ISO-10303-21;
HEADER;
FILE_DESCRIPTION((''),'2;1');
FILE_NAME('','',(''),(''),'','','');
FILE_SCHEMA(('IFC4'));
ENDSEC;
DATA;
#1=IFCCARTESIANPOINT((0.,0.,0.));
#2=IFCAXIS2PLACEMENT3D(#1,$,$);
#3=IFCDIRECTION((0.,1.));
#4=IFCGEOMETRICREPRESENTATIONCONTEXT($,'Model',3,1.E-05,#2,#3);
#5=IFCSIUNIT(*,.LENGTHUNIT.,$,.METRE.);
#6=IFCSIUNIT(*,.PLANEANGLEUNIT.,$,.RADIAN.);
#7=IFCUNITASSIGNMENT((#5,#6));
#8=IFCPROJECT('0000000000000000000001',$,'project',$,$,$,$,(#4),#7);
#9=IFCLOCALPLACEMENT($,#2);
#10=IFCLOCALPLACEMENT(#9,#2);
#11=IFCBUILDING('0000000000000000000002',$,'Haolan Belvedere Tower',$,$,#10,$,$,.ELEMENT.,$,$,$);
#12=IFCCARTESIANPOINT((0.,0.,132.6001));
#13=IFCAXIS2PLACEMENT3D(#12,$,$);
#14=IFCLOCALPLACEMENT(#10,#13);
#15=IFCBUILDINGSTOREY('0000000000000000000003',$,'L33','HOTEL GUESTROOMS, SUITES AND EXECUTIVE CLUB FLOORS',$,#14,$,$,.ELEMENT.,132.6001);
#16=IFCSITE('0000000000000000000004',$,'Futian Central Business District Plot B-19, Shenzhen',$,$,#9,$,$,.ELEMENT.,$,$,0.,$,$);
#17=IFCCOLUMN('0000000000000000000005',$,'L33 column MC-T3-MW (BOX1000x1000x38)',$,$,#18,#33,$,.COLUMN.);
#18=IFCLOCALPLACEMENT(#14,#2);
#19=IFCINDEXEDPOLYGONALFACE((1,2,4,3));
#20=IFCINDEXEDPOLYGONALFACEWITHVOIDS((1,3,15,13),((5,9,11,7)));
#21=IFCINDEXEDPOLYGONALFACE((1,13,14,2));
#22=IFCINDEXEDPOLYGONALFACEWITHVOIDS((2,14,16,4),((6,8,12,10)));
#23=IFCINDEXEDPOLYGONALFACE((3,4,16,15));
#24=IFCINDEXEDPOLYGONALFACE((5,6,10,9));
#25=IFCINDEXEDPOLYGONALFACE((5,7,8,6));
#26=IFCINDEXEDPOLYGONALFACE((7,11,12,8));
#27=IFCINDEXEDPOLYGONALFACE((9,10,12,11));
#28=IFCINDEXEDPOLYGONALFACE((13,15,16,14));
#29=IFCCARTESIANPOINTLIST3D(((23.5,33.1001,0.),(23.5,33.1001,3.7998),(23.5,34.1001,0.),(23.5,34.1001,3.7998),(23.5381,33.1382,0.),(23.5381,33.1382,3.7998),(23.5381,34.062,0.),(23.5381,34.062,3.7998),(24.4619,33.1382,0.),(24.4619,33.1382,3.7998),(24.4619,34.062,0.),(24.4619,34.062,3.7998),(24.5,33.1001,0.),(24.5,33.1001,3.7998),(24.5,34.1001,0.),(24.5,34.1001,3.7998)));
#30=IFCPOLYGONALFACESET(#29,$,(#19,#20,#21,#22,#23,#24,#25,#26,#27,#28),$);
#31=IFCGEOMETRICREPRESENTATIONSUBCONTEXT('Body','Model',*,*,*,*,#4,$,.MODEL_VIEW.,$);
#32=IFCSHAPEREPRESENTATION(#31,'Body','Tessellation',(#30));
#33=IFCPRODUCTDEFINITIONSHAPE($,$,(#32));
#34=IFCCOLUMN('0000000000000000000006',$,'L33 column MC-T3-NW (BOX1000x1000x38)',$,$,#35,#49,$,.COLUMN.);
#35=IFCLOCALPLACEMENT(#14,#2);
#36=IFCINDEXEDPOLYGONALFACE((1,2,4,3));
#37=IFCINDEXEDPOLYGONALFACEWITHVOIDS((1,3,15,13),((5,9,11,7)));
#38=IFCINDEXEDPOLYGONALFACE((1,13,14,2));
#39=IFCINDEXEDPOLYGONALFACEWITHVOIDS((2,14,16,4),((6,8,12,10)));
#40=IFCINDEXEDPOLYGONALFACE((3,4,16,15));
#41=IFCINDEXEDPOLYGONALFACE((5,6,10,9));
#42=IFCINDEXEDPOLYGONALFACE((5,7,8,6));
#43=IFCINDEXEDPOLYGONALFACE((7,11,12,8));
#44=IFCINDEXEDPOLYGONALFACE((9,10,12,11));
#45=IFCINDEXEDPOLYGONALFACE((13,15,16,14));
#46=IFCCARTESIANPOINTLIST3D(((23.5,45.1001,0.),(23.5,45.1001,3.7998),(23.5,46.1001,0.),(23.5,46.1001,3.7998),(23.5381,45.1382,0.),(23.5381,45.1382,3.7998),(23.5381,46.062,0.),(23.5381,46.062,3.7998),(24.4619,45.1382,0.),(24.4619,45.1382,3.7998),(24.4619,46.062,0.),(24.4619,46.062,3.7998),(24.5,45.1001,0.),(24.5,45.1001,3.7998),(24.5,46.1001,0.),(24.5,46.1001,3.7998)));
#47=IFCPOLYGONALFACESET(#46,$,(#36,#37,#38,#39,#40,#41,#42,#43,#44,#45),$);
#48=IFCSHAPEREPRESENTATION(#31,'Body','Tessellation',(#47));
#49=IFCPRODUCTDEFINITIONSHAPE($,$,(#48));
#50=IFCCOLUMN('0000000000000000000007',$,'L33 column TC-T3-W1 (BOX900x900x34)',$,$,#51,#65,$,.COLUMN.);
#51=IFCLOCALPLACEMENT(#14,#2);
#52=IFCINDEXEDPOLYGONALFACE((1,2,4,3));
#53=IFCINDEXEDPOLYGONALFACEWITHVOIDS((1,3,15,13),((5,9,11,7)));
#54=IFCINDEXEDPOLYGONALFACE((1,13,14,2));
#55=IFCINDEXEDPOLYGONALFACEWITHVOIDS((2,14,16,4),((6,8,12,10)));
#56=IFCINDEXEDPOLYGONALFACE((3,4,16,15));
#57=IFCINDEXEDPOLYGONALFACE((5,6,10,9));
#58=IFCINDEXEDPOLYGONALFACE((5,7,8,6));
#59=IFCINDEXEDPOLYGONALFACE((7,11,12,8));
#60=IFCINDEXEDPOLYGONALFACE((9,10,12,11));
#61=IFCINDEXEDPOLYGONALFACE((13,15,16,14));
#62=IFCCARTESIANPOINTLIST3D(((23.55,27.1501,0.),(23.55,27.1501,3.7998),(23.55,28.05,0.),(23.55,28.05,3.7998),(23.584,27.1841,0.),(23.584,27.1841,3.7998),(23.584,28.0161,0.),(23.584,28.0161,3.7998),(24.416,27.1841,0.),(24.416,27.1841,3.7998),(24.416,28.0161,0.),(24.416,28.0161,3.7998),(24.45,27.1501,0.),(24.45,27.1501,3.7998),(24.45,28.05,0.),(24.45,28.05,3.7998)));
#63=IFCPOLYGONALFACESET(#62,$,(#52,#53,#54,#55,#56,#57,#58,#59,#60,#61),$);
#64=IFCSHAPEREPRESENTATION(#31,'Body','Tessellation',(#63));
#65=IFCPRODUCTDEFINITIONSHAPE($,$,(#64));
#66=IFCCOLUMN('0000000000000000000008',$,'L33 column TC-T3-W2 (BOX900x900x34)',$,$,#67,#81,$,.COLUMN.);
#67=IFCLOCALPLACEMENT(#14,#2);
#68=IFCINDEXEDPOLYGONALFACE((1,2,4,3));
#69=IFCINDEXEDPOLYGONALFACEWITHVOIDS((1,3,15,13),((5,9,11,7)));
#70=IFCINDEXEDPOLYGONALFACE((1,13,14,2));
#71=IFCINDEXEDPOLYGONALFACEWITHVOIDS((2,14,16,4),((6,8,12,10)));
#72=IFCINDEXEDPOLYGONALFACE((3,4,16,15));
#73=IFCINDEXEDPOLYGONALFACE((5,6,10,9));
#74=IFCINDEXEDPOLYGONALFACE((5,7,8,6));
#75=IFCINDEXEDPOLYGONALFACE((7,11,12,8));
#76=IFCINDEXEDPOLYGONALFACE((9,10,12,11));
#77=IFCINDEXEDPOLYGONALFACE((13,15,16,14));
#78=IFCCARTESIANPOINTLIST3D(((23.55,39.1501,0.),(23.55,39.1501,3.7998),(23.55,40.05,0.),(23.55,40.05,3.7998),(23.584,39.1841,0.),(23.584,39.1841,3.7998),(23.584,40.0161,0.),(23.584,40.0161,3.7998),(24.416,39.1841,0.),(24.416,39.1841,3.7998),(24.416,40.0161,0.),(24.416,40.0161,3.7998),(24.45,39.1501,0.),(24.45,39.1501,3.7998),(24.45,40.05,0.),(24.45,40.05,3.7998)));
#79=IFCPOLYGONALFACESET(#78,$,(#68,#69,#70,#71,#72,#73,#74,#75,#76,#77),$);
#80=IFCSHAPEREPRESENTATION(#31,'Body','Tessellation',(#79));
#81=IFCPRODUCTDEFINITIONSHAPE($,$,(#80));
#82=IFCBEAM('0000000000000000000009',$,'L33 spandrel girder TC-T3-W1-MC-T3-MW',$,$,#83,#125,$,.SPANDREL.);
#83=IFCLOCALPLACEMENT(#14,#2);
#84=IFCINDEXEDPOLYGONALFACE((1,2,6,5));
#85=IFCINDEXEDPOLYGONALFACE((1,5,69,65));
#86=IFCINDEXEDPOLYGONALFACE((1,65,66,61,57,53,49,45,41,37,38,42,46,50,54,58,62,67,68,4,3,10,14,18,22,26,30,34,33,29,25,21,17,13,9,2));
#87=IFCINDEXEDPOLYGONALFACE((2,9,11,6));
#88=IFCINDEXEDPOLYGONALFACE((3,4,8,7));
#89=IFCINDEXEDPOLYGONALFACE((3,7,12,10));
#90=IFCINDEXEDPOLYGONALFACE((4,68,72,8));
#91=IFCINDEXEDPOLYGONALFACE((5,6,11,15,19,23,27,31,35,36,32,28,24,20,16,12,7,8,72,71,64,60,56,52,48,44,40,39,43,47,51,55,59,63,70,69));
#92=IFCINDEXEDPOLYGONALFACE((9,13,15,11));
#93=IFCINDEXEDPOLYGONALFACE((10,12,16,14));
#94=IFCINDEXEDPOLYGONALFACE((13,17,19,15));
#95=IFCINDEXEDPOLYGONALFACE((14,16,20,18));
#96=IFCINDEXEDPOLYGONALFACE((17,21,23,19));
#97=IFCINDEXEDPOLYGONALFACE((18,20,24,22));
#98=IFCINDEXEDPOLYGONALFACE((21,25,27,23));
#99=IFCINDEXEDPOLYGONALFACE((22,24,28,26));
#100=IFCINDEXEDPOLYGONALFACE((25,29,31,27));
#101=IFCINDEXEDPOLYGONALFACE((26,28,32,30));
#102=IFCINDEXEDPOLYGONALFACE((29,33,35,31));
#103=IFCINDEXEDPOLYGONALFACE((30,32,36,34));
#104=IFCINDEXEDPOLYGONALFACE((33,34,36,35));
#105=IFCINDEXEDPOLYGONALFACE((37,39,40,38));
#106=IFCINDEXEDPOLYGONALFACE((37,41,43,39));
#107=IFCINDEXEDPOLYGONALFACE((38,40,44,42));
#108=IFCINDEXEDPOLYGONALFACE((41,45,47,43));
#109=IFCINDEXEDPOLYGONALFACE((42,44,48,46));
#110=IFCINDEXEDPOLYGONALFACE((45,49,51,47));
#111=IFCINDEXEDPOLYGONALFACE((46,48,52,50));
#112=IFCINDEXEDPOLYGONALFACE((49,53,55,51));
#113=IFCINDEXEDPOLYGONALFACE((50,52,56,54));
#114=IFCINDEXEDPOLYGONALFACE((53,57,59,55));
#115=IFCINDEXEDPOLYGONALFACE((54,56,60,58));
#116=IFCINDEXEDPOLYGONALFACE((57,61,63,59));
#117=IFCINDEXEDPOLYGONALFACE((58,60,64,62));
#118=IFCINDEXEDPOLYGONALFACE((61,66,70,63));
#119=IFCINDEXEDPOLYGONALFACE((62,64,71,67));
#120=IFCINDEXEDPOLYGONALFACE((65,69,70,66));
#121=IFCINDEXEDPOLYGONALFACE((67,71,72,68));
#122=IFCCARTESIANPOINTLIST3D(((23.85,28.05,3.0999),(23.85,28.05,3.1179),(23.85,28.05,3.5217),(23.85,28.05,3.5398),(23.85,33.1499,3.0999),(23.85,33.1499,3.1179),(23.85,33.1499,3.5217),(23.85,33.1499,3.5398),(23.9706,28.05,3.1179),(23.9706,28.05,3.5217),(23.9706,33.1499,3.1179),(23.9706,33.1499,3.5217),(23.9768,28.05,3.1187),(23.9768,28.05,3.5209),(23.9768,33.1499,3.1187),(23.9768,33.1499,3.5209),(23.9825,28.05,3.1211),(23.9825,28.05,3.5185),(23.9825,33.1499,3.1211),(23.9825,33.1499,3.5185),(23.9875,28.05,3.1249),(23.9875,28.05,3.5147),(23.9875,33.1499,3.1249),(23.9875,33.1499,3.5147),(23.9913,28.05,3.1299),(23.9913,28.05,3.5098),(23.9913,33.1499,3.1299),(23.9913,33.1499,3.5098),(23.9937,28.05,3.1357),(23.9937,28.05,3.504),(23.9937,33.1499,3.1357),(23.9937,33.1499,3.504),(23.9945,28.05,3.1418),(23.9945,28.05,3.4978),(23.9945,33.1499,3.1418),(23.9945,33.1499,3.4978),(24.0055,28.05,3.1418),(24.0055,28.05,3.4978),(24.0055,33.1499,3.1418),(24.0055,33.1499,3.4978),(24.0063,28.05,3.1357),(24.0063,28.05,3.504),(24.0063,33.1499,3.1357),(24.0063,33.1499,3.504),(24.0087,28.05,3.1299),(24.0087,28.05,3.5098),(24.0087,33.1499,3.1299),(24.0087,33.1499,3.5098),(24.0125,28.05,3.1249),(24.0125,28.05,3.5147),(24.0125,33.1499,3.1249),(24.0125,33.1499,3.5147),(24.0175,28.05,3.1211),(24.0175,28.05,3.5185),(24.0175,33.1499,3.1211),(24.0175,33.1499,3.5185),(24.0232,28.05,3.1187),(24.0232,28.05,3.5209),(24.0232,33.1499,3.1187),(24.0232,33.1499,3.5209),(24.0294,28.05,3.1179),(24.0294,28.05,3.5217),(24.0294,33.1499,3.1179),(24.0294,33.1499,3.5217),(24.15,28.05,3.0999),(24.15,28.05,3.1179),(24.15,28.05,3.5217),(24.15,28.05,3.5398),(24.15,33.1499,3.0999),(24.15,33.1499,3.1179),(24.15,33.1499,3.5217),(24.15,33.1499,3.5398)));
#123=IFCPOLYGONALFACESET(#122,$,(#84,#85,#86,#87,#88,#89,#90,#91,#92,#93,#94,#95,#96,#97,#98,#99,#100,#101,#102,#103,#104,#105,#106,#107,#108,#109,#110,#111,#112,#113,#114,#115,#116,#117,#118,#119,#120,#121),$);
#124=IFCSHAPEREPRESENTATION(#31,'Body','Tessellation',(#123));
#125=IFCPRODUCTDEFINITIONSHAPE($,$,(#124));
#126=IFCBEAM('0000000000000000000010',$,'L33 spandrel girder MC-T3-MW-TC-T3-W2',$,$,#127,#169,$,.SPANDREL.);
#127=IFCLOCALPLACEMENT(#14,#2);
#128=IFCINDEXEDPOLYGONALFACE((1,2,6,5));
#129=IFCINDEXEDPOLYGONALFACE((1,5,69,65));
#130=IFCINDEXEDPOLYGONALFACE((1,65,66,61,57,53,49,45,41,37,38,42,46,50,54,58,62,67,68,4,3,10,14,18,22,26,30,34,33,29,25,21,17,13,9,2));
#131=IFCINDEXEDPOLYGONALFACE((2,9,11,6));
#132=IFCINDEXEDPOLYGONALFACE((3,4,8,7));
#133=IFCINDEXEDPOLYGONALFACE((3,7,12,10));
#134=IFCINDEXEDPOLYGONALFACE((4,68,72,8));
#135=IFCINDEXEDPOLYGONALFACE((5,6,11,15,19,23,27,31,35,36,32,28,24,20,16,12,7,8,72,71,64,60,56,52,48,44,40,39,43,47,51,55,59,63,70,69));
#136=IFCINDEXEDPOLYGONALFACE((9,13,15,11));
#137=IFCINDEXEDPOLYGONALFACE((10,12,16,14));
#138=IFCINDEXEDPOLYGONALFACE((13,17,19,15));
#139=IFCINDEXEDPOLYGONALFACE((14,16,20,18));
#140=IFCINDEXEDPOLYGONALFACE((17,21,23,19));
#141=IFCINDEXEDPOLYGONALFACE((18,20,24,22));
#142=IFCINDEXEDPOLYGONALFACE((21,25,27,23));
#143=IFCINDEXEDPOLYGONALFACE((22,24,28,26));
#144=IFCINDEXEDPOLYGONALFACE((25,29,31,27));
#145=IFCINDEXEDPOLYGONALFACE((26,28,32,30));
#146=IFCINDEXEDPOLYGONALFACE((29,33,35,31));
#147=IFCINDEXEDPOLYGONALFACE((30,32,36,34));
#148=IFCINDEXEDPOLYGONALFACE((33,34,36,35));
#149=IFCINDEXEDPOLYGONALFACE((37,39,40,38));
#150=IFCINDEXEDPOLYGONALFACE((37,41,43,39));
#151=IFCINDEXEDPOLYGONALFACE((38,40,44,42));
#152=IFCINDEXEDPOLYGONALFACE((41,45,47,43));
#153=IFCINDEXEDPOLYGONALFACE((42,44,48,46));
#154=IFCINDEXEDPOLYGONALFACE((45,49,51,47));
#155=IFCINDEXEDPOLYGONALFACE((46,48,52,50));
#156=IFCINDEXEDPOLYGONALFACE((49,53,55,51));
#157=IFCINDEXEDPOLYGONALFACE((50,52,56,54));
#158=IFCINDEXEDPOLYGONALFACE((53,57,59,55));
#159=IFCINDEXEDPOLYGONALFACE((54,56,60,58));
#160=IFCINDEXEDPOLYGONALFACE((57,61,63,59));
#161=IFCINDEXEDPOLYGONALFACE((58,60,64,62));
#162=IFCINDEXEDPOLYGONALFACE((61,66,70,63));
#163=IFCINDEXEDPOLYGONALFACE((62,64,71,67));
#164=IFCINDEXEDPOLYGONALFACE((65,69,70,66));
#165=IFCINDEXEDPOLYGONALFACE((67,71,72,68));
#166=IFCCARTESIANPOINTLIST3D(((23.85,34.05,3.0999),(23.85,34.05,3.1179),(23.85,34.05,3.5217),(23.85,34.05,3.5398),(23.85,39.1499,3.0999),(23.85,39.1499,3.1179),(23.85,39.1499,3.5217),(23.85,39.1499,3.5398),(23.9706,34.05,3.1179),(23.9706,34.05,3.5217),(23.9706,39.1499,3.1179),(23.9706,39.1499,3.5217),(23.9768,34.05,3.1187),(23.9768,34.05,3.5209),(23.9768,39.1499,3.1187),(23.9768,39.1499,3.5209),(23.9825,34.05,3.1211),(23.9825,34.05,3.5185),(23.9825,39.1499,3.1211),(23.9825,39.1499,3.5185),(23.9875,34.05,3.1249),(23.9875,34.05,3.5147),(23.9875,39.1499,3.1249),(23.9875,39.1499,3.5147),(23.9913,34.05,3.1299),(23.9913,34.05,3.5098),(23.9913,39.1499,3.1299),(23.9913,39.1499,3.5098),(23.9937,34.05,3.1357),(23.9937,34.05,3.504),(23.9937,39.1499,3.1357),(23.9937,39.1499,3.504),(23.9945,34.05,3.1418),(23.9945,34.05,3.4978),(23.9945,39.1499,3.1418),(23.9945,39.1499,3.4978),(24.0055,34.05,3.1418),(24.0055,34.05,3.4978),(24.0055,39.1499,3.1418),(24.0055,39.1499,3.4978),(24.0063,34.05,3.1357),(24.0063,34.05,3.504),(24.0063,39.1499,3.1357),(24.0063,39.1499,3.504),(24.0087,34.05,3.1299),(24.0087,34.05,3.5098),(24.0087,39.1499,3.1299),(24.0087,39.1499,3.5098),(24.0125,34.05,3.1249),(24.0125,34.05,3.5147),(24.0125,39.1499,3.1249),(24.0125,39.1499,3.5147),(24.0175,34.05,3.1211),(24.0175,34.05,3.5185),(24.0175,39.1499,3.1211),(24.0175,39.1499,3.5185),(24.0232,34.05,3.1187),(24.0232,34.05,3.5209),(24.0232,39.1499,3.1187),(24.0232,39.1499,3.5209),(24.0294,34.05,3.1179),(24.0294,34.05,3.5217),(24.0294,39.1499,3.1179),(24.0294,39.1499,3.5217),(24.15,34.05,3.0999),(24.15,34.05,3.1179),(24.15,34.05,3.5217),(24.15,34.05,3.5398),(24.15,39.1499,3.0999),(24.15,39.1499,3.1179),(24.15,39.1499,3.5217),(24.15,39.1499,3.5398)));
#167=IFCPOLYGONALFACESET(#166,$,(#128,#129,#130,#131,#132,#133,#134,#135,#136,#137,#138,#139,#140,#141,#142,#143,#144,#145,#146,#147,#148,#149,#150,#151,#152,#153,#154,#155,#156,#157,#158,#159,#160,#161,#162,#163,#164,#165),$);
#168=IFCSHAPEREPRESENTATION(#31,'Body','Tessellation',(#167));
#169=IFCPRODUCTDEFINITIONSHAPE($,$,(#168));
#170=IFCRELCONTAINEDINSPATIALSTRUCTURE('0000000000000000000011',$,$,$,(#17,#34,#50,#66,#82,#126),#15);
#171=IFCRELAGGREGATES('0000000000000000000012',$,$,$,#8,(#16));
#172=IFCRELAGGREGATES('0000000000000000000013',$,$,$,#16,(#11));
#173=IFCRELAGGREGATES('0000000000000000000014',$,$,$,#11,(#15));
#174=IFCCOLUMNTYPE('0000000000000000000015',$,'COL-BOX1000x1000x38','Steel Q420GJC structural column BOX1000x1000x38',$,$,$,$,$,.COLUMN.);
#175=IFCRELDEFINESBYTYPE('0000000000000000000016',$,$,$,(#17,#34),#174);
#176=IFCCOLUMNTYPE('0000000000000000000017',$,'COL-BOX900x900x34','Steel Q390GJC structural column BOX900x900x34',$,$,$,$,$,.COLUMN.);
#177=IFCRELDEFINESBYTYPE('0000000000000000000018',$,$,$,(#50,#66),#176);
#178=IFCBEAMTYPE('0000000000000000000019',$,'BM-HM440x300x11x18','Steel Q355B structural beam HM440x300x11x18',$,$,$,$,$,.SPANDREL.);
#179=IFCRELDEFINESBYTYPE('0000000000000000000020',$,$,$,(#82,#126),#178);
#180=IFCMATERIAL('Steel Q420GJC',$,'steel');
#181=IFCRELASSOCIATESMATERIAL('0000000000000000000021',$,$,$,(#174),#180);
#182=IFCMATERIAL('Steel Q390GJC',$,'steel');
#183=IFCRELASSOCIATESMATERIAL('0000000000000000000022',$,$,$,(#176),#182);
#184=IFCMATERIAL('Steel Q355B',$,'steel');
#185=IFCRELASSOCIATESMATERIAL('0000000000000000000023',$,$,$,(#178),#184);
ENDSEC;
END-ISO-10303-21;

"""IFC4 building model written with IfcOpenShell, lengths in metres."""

from ifc_helpers import new_model, si_unit, direction, frame, origin, origin_2d, place, context, subcontext, project, spatial, hollow_rectangle, i_section, extrude, material, material_profile, profile_set, type_object, element, save


model = new_model("IFC4")

# Units and contexts
model_context = context("Model", 3, precision=1e-05, world=origin(), true_north=direction((0.0, 1.0)))
body_context = subcontext(model_context, "Body", "Model", "MODEL_VIEW")
ifc_project = project(units=[si_unit("LENGTHUNIT", "METRE"), si_unit("PLANEANGLEUNIT", "RADIAN")], contexts=[model_context])

# Site, building, storey
site_placement = place(None, origin())
site = spatial("IfcSite", under=ifc_project, at=site_placement, Name="Futian Central Business District Plot B-19, Shenzhen", CompositionType="ELEMENT", RefElevation=0.0)
building_placement = place(site_placement, origin())
building = spatial("IfcBuilding", under=site, at=building_placement, Name="Haolan Belvedere Tower", CompositionType="ELEMENT")
storey_placement = place(building_placement, frame((0.0, 0.0, 132.6001)))
storey = spatial("IfcBuildingStorey", under=building, at=storey_placement, Name="L33", Description="HOTEL GUESTROOMS, SUITES AND EXECUTIVE CLUB FLOORS", CompositionType="ELEMENT", Elevation=132.6001)

# Columns
ifc_material_1 = material(Name="Steel Q420GJC", Category="steel")
ifc_material_profile_1 = material_profile(ifc_material_1, hollow_rectangle(XDim=1.0, YDim=1.0, WallThickness=0.0381, at=origin_2d()), Name="Steel Q420GJC")
ifc_profile_set_1 = profile_set([ifc_material_profile_1], Name="Steel Q420GJC")
column_type_1 = type_object("IfcColumnType", Name="COL-BOX1000x1000x38", Description="Steel Q420GJC structural column BOX1000x1000x38", PredefinedType="COLUMN", material=ifc_profile_set_1)
for number, where, z_axis, x_axis, name in (
    (1, (24.0, 33.6001, 0.0), (0.0, 0.0, 1.0), (1.0, 0.0, 0.0), "L33 column MC-T3-MW (BOX1000x1000x38)"),
    (2, (24.0, 45.6001, 0.0), (0.0, 0.0, 1.0), (1.0, 0.0, 0.0), "L33 column MC-T3-NW (BOX1000x1000x38)"),
):
    element("IfcColumn", number, at=place(storey_placement, frame(where, z_axis=z_axis, x_axis=x_axis)), inside=storey, type_object=column_type_1, Name=name, PredefinedType="COLUMN", context=body_context, shape_type="SweptSolid", body=[
        extrude(hollow_rectangle(XDim=1.0, YDim=1.0, WallThickness=0.0381, at=origin_2d()), origin(), (0.0, 0.0, 1.0), 3.7998),
    ])
ifc_material_2 = material(Name="Steel Q390GJC", Category="steel")
ifc_material_profile_2 = material_profile(ifc_material_2, hollow_rectangle(XDim=0.8999, YDim=0.8999, WallThickness=0.0339, at=origin_2d()), Name="Steel Q390GJC")
ifc_profile_set_2 = profile_set([ifc_material_profile_2], Name="Steel Q390GJC")
column_type_2 = type_object("IfcColumnType", Name="COL-BOX900x900x34", Description="Steel Q390GJC structural column BOX900x900x34", PredefinedType="COLUMN", material=ifc_profile_set_2)
for number, where, z_axis, x_axis, name in (
    (3, (24.0, 27.6001, 0.0), (0.0, 0.0, 1.0), (1.0, 0.0, 0.0), "L33 column TC-T3-W1 (BOX900x900x34)"),
    (4, (24.0, 39.6001, 0.0), (0.0, 0.0, 1.0), (1.0, 0.0, 0.0), "L33 column TC-T3-W2 (BOX900x900x34)"),
):
    element("IfcColumn", number, at=place(storey_placement, frame(where, z_axis=z_axis, x_axis=x_axis)), inside=storey, type_object=column_type_2, Name=name, PredefinedType="COLUMN", context=body_context, shape_type="SweptSolid", body=[
        extrude(hollow_rectangle(XDim=0.8999, YDim=0.8999, WallThickness=0.0339, at=origin_2d()), origin(), (0.0, 0.0, 1.0), 3.7998),
    ])

# Beams
ifc_material_3 = material(Name="Steel Q355B", Category="steel")
ifc_material_profile_3 = material_profile(ifc_material_3, i_section(OverallWidth=0.3, OverallDepth=0.4399, WebThickness=0.011, FlangeThickness=0.0181, FilletRadius=0.0239, at=origin_2d()), Name="Steel Q355B")
ifc_profile_set_3 = profile_set([ifc_material_profile_3], Name="Steel Q355B")
beam_type = type_object("IfcBeamType", Name="BM-HM440x300x11x18", Description="Steel Q355B structural beam HM440x300x11x18", PredefinedType="SPANDREL", material=ifc_profile_set_3)
for number, where, z_axis, x_axis, name in (
    (5, (24.0, 28.05, 3.3198), (0.0, 1.0, 0.0), (-1.0, 0.0, 0.0), "L33 spandrel girder TC-T3-W1-MC-T3-MW"),
    (6, (24.0, 34.05, 3.3198), (0.0, 1.0, 0.0), (-1.0, 0.0, 0.0), "L33 spandrel girder MC-T3-MW-TC-T3-W2"),
):
    element("IfcBeam", number, at=place(storey_placement, frame(where, z_axis=z_axis, x_axis=x_axis)), inside=storey, type_object=beam_type, Name=name, PredefinedType="SPANDREL", context=body_context, shape_type="SweptSolid", body=[
        extrude(i_section(OverallWidth=0.3, OverallDepth=0.4399, WebThickness=0.011, FlangeThickness=0.0181, FilletRadius=0.0239, at=origin_2d()), origin(), (0.0, 0.0, 1.0), 5.0999),
    ])

save(model, "model.ifc")
